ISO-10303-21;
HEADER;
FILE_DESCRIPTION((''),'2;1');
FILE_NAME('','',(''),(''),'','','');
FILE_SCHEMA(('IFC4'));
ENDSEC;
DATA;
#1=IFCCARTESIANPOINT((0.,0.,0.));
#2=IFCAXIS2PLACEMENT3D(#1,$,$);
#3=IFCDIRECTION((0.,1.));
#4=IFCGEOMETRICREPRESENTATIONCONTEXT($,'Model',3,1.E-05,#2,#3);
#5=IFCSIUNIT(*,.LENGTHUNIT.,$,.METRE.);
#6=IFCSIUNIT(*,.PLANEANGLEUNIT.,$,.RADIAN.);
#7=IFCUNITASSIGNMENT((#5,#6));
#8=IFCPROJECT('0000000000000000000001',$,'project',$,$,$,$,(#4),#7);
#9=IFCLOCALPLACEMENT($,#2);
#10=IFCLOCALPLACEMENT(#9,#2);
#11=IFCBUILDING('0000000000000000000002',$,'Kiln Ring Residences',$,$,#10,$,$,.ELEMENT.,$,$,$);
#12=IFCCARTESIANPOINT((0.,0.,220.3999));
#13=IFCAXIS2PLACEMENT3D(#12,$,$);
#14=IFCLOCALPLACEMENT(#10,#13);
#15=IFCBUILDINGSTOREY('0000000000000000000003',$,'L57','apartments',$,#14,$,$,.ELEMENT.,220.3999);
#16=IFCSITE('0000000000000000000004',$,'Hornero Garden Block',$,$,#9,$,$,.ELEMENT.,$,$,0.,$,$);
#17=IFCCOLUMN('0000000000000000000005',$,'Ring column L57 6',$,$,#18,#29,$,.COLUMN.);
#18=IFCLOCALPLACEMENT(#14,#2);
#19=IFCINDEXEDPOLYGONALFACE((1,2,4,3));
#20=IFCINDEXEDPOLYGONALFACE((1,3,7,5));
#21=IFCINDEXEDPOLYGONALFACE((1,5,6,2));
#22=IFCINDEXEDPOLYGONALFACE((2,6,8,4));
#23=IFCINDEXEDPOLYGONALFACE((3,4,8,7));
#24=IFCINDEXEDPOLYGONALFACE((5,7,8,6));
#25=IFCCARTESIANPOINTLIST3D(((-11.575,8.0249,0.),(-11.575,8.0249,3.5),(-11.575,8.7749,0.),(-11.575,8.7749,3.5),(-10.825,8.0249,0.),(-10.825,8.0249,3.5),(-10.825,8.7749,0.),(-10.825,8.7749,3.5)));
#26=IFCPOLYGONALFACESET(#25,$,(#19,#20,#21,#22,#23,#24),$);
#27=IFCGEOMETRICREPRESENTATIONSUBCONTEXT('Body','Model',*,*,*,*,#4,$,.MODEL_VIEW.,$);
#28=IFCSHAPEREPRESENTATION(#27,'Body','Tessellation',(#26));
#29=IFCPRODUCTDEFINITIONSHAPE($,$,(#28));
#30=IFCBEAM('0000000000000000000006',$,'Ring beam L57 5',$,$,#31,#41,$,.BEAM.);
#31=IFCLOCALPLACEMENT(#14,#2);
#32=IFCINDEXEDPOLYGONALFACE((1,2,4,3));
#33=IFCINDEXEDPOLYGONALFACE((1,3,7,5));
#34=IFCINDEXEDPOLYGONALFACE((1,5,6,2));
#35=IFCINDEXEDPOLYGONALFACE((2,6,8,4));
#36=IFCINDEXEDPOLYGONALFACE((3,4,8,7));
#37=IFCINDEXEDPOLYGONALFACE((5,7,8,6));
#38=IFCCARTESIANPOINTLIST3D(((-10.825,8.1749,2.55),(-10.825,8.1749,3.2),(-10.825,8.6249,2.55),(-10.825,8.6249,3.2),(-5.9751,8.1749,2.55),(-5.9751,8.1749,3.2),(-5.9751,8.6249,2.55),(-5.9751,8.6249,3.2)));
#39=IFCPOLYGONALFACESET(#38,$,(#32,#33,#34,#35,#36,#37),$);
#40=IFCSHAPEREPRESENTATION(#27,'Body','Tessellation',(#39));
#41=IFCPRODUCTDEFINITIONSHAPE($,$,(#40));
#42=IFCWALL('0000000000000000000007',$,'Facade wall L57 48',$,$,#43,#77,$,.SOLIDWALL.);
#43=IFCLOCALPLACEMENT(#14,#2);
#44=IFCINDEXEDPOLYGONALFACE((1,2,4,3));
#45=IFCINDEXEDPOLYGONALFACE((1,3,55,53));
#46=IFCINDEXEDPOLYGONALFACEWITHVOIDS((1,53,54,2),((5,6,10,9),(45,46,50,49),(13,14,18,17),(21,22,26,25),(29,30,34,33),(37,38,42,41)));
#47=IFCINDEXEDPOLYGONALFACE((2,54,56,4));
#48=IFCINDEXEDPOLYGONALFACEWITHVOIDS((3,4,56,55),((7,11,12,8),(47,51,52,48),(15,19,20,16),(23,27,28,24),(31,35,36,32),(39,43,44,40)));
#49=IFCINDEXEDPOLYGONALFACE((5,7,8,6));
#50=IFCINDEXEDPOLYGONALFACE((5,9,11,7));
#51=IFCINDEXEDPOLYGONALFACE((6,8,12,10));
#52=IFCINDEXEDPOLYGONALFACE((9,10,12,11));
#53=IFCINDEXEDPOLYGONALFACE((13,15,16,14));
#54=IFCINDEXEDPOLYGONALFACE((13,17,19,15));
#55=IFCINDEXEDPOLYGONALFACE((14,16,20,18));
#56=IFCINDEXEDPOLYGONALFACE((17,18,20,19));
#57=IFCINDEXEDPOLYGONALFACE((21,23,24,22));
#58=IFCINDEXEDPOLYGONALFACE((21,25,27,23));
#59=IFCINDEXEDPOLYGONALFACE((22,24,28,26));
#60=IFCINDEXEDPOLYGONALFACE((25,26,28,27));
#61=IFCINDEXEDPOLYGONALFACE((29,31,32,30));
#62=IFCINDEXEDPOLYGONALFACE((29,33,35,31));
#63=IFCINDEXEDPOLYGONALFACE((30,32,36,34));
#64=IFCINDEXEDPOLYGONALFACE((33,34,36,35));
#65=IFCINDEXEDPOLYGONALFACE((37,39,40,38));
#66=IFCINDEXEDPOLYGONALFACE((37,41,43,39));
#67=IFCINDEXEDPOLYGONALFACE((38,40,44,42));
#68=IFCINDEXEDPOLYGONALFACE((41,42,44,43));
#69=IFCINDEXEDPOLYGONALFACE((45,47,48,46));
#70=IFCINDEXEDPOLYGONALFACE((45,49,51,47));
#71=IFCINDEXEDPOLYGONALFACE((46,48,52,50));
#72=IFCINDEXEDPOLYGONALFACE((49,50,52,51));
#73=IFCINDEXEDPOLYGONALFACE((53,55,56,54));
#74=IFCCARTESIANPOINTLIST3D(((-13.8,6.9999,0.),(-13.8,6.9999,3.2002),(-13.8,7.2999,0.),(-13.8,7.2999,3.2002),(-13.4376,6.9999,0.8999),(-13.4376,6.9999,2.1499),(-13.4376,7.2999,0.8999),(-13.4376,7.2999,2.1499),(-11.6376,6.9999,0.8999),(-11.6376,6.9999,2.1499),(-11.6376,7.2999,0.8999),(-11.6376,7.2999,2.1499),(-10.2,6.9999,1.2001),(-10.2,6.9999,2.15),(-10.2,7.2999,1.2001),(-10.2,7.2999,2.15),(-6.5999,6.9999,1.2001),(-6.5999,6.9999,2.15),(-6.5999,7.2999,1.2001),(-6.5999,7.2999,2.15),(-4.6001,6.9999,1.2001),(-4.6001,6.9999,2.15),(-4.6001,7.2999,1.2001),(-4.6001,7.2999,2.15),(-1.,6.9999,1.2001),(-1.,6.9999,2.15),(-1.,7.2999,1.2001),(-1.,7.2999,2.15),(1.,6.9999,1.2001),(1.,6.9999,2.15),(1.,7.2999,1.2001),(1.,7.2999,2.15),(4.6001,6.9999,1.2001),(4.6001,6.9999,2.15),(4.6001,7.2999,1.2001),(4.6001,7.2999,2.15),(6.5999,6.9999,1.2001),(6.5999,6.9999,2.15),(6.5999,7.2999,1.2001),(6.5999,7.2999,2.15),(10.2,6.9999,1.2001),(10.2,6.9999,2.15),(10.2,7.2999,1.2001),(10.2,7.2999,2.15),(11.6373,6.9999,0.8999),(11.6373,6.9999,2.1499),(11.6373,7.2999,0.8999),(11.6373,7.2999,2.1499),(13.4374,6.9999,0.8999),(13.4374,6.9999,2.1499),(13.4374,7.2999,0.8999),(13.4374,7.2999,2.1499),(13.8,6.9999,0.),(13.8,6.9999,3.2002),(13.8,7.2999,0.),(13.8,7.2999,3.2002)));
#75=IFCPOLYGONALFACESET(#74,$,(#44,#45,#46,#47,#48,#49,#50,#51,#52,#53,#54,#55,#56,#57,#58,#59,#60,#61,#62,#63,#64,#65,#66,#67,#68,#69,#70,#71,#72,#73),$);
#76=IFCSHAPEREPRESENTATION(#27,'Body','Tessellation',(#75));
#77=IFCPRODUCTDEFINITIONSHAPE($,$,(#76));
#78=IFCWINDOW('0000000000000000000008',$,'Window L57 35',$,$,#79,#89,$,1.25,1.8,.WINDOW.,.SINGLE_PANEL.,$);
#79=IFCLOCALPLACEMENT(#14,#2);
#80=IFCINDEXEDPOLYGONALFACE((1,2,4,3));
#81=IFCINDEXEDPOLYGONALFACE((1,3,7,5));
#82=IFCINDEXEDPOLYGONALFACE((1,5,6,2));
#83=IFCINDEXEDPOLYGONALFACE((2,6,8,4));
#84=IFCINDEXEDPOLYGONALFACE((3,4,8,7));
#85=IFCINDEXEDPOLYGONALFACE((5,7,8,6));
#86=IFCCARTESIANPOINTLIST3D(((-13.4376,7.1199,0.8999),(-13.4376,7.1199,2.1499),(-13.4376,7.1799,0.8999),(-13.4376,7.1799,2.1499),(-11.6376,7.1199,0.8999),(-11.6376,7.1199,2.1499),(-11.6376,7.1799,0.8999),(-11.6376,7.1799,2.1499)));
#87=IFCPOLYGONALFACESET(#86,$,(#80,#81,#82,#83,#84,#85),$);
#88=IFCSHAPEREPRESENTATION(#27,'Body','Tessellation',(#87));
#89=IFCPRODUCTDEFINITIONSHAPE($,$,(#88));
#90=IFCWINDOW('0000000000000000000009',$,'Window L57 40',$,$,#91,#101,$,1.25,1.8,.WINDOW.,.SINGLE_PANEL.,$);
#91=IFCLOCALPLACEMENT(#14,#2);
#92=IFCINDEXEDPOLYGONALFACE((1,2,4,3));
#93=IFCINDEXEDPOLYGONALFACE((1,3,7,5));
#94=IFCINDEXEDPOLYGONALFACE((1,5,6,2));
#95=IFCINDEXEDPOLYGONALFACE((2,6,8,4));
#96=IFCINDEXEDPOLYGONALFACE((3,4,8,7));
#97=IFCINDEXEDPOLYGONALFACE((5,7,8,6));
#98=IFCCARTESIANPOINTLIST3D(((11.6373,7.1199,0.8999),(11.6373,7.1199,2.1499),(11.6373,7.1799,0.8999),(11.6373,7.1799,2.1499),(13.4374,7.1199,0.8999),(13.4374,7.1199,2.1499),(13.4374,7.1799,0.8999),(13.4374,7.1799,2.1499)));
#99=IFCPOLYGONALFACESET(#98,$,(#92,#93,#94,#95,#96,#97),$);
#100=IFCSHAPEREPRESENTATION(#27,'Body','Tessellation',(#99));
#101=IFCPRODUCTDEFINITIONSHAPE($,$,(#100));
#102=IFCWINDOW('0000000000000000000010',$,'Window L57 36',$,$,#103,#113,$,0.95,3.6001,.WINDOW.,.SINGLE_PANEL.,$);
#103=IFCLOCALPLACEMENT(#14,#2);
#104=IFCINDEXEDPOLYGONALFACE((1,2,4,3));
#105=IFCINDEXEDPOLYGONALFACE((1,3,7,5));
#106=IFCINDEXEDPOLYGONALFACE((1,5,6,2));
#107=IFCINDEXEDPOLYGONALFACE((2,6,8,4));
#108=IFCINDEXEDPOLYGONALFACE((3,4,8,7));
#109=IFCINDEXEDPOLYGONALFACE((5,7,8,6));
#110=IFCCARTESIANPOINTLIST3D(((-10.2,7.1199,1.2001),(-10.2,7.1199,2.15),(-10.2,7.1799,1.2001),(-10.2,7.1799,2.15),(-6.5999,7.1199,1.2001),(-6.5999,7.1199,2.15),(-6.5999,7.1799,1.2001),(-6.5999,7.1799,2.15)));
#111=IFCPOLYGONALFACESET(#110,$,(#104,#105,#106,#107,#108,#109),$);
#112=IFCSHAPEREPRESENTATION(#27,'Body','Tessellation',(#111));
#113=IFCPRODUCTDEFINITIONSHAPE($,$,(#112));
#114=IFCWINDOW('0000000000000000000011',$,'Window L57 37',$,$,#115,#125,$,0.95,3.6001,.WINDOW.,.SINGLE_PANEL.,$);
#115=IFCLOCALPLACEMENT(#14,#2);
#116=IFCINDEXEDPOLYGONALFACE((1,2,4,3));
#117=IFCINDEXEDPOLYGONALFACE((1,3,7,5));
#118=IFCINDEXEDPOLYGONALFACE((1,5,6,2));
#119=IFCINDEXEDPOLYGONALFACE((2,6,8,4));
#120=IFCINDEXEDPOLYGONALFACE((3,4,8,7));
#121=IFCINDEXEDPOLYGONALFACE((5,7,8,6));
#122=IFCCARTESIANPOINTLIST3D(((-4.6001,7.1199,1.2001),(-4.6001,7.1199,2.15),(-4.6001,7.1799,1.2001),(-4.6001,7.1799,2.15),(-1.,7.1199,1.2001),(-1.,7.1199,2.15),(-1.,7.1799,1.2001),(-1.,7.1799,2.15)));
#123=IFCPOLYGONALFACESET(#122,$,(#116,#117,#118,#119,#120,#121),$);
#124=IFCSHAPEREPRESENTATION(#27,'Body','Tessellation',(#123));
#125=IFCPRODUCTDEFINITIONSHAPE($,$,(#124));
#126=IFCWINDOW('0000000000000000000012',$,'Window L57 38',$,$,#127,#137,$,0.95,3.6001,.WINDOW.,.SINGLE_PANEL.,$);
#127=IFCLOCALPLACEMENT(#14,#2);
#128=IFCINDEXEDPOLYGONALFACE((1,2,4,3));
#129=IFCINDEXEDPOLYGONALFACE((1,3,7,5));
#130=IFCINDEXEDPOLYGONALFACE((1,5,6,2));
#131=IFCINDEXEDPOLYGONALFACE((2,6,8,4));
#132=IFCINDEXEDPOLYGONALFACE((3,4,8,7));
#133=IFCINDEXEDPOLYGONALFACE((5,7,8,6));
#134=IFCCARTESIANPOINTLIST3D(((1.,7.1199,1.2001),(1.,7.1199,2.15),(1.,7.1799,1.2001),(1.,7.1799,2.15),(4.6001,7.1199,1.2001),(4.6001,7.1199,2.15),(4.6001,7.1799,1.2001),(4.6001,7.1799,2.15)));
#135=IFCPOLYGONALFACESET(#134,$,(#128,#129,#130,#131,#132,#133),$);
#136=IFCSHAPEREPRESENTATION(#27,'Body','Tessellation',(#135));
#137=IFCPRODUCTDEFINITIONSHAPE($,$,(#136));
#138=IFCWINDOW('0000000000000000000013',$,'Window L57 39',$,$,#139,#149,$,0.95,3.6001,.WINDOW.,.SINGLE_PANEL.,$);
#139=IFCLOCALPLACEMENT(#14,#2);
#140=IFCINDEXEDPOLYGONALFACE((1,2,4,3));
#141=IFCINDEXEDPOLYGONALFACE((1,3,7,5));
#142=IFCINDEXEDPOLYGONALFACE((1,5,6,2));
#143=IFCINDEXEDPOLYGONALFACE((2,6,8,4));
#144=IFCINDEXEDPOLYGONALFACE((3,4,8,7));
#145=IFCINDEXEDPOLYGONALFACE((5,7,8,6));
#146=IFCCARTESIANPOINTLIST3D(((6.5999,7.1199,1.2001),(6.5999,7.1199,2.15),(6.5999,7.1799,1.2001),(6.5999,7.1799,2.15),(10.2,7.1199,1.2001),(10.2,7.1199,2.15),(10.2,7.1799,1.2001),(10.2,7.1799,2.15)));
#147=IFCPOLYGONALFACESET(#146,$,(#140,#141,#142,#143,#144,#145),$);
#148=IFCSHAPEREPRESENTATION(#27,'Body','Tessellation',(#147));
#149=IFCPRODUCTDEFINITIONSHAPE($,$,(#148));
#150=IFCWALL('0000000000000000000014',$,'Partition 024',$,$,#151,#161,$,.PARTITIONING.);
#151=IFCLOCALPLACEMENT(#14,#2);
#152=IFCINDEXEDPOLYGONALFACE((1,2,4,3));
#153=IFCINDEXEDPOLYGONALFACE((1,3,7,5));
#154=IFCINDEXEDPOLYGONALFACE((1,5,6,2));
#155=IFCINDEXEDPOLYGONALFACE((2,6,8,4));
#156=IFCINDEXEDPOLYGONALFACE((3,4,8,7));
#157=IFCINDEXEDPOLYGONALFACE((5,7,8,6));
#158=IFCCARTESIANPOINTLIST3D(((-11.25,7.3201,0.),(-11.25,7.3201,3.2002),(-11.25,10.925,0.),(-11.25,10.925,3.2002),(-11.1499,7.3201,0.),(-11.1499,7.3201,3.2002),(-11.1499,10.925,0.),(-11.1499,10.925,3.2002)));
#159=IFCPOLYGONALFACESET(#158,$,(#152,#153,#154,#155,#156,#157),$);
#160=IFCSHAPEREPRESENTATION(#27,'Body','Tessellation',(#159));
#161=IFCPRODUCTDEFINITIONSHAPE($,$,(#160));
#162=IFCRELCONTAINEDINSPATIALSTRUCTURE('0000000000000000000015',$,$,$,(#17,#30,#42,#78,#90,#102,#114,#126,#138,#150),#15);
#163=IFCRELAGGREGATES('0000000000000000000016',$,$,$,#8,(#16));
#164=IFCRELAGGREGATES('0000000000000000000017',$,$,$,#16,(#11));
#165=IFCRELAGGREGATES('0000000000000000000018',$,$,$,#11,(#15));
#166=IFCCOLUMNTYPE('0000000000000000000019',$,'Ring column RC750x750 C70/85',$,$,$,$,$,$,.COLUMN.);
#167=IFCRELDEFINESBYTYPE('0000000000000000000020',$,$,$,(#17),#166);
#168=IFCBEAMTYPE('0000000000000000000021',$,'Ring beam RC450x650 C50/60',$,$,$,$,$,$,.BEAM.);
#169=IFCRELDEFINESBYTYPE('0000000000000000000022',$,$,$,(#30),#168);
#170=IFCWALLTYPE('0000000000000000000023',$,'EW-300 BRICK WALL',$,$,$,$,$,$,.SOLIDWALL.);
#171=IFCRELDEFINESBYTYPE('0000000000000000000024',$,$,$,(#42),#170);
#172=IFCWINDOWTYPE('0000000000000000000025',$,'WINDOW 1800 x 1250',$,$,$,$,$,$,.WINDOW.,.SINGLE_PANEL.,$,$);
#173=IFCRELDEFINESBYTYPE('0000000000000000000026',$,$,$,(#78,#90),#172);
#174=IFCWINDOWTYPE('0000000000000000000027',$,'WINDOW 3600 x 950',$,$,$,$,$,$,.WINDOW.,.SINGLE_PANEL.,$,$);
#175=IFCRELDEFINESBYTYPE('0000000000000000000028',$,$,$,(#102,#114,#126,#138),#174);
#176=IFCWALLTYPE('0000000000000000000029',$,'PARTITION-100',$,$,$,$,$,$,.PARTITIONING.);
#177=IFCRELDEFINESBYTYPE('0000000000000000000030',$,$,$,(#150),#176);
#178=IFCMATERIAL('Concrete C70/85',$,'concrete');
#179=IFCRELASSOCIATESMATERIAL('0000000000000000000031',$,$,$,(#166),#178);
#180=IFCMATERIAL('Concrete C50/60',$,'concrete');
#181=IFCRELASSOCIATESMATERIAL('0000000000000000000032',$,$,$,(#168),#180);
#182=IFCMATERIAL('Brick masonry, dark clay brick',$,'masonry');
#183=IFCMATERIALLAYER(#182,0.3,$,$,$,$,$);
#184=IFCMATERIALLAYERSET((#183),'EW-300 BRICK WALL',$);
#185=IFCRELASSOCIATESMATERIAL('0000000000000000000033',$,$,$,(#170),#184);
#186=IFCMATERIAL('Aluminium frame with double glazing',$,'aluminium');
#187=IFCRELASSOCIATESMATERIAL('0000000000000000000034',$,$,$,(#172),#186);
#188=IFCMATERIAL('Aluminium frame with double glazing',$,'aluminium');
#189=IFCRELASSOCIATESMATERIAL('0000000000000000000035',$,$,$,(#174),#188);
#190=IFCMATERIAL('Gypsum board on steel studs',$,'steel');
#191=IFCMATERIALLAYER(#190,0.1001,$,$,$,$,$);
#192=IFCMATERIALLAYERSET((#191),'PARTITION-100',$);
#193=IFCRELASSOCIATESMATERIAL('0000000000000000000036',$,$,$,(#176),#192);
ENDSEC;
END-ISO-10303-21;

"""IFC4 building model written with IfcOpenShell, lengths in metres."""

from ifc_helpers import new_model, si_unit, direction, frame, frame_2d, origin, origin_2d, place, context, subcontext, project, spatial, rectangle, extrude, material, layer, layer_set, material_profile, profile_set, type_object, element, fill, save


model = new_model("IFC4")

# Units and contexts
model_context = context("Model", 3, precision=1e-05, world=origin(), true_north=direction((0.0, 1.0)))
body_context = subcontext(model_context, "Body", "Model", "MODEL_VIEW")
ifc_project = project(units=[si_unit("LENGTHUNIT", "METRE"), si_unit("PLANEANGLEUNIT", "RADIAN")], contexts=[model_context])

# Site, building, storey
site_placement = place(None, origin())
site = spatial("IfcSite", under=ifc_project, at=site_placement, Name="Hornero Garden Block", CompositionType="ELEMENT", RefElevation=0.0)
building_placement = place(site_placement, origin())
building = spatial("IfcBuilding", under=site, at=building_placement, Name="Kiln Ring Residences", CompositionType="ELEMENT")
storey_placement = place(building_placement, frame((0.0, 0.0, 220.3999)))
storey = spatial("IfcBuildingStorey", under=building, at=storey_placement, Name="L57", Description="apartments", CompositionType="ELEMENT", Elevation=220.3999)

# Column
ifc_material_1 = material(Name="Concrete C70/85", Category="concrete")
ifc_material_profile_1 = material_profile(ifc_material_1, rectangle(XDim=0.75, YDim=0.75, at=origin_2d()), Name="RC750x750")
ifc_profile_set_1 = profile_set([ifc_material_profile_1], Name="Concrete C70/85")
column_type = type_object("IfcColumnType", Name="Ring column RC750x750 C70/85", PredefinedType="COLUMN", material=ifc_profile_set_1)
column_placement = place(storey_placement, frame((-11.2, 8.3999, 0.0), z_axis=(0.0, 0.0, 1.0), x_axis=(1.0, 0.0, 0.0)))
element("IfcColumn", 1, at=column_placement, inside=storey, type_object=column_type, Name="Ring column L57 6", PredefinedType="COLUMN", context=body_context, shape_type="SweptSolid", body=[
    extrude(rectangle(XDim=0.75, YDim=0.75, at=origin_2d()), origin(), (0.0, 0.0, 1.0), 3.5),
])

# Beam
ifc_material_2 = material(Name="Concrete C50/60", Category="concrete")
ifc_material_profile_2 = material_profile(ifc_material_2, rectangle(XDim=0.45, YDim=0.6499, at=origin_2d()), Name="RC450x650")
ifc_profile_set_2 = profile_set([ifc_material_profile_2], Name="Concrete C50/60")
beam_type = type_object("IfcBeamType", Name="Ring beam RC450x650 C50/60", PredefinedType="BEAM", material=ifc_profile_set_2)
beam_placement = place(storey_placement, frame((-10.825, 8.3999, 2.875), z_axis=(1.0, 0.0, 0.0), x_axis=(0.0, 1.0, 0.0)))
element("IfcBeam", 2, at=beam_placement, inside=storey, type_object=beam_type, Name="Ring beam L57 5", PredefinedType="BEAM", context=body_context, shape_type="SweptSolid", body=[
    extrude(rectangle(XDim=0.45, YDim=0.6499, at=origin_2d()), origin(), (0.0, 0.0, 1.0), 4.8499),
])

# Wall, openings, windows
ifc_material_3 = material(Name="Brick masonry, dark clay brick", Category="masonry")
ifc_layer_1 = layer(ifc_material_3, 0.3)
ifc_layer_set_1 = layer_set([ifc_layer_1], Name="EW-300 BRICK WALL")
wall_type_1 = type_object("IfcWallType", Name="EW-300 BRICK WALL", PredefinedType="SOLIDWALL", material=ifc_layer_set_1)
wall_1_placement = place(storey_placement, frame((-13.8, 7.1499, 0.0), z_axis=(0.0, 0.0, 1.0), x_axis=(1.0, 0.0, 0.0)))
wall_1 = element("IfcWall", 3, at=wall_1_placement, inside=storey, type_object=wall_type_1, Name="Facade wall L57 48", PredefinedType="SOLIDWALL", context=body_context, shape_type="SweptSolid", body=[
    extrude(rectangle(XDim=27.6001, YDim=0.3, at=frame_2d((13.8, 0.0))), origin(), (0.0, 0.0, 1.0), 3.2002),
])
opening_1_placement = place(wall_1_placement, frame((0.3625, 0.0, 0.8999)))
opening_1 = element("IfcOpeningElement", 4, at=opening_1_placement, cuts=wall_1, PredefinedType="OPENING", context=body_context, shape_type="SweptSolid", body=[
    extrude(rectangle(XDim=1.8, YDim=1.25, at=frame_2d((0.8999, 0.625))), frame((0.0, 0.1599, 0.0), z_axis=(0.0, -1.0, 0.0), x_axis=(1.0, 0.0, 0.0)), (0.0, 0.0, 1.0), 0.3201),
])
opening_2_placement = place(wall_1_placement, frame((3.6001, 0.0, 1.2)))
opening_2 = element("IfcOpeningElement", 5, at=opening_2_placement, cuts=wall_1, PredefinedType="OPENING", context=body_context, shape_type="SweptSolid", body=[
    extrude(rectangle(XDim=3.6001, YDim=0.95, at=frame_2d((1.8, 0.4751))), frame((0.0, 0.1599, 0.0), z_axis=(0.0, -1.0, 0.0), x_axis=(1.0, 0.0, 0.0)), (0.0, 0.0, 1.0), 0.3201),
])
opening_3_placement = place(wall_1_placement, frame((9.2, 0.0, 1.2)))
opening_3 = element("IfcOpeningElement", 6, at=opening_3_placement, cuts=wall_1, PredefinedType="OPENING", context=body_context, shape_type="SweptSolid", body=[
    extrude(rectangle(XDim=3.6001, YDim=0.95, at=frame_2d((1.8, 0.4751))), frame((0.0, 0.1599, 0.0), z_axis=(0.0, -1.0, 0.0), x_axis=(1.0, 0.0, 0.0)), (0.0, 0.0, 1.0), 0.3201),
])
opening_4_placement = place(wall_1_placement, frame((14.8, 0.0, 1.2)))
opening_4 = element("IfcOpeningElement", 7, at=opening_4_placement, cuts=wall_1, PredefinedType="OPENING", context=body_context, shape_type="SweptSolid", body=[
    extrude(rectangle(XDim=3.6001, YDim=0.95, at=frame_2d((1.8, 0.4751))), frame((0.0, 0.1599, 0.0), z_axis=(0.0, -1.0, 0.0), x_axis=(1.0, 0.0, 0.0)), (0.0, 0.0, 1.0), 0.3201),
])
opening_5_placement = place(wall_1_placement, frame((20.3999, 0.0, 1.2)))
opening_5 = element("IfcOpeningElement", 8, at=opening_5_placement, cuts=wall_1, PredefinedType="OPENING", context=body_context, shape_type="SweptSolid", body=[
    extrude(rectangle(XDim=3.6001, YDim=0.95, at=frame_2d((1.8, 0.4751))), frame((0.0, 0.1599, 0.0), z_axis=(0.0, -1.0, 0.0), x_axis=(1.0, 0.0, 0.0)), (0.0, 0.0, 1.0), 0.3201),
])
opening_6_placement = place(wall_1_placement, frame((25.4375, 0.0, 0.8999)))
opening_6 = element("IfcOpeningElement", 9, at=opening_6_placement, cuts=wall_1, PredefinedType="OPENING", context=body_context, shape_type="SweptSolid", body=[
    extrude(rectangle(XDim=1.8, YDim=1.25, at=frame_2d((0.8999, 0.625))), frame((0.0, 0.1599, 0.0), z_axis=(0.0, -1.0, 0.0), x_axis=(1.0, 0.0, 0.0)), (0.0, 0.0, 1.0), 0.3201),
])
ifc_material_4 = material(Name="Aluminium frame with double glazing", Category="aluminium")
window_type_1 = type_object("IfcWindowType", Name="WINDOW 1800 x 1250", PartitioningType="SINGLE_PANEL", PredefinedType="WINDOW", material=ifc_material_4)
window_1_placement = place(opening_1_placement, origin())
window_1 = element("IfcWindow", 10, at=window_1_placement, inside=storey, type_object=window_type_1, Name="Window L57 35", OverallHeight=1.25, OverallWidth=1.8, PartitioningType="SINGLE_PANEL", PredefinedType="WINDOW", context=body_context, shape_type="SweptSolid", body=[
    extrude(rectangle(XDim=1.8, YDim=1.25, at=frame_2d((0.8999, 0.625))), frame((0.0, 0.03, 0.0), z_axis=(0.0, -1.0, 0.0), x_axis=(1.0, 0.0, 0.0)), (0.0, 0.0, 1.0), 0.0601),
])
fill(opening_1, window_1)
window_2_placement = place(opening_6_placement, origin())
window_2 = element("IfcWindow", 11, at=window_2_placement, inside=storey, type_object=window_type_1, Name="Window L57 40", OverallHeight=1.25, OverallWidth=1.8, PartitioningType="SINGLE_PANEL", PredefinedType="WINDOW", context=body_context, shape_type="SweptSolid", body=[
    extrude(rectangle(XDim=1.8, YDim=1.25, at=frame_2d((0.8999, 0.625))), frame((0.0, 0.03, 0.0), z_axis=(0.0, -1.0, 0.0), x_axis=(1.0, 0.0, 0.0)), (0.0, 0.0, 1.0), 0.0601),
])
fill(opening_6, window_2)
ifc_material_5 = material(Name="Aluminium frame with double glazing", Category="aluminium")
window_type_2 = type_object("IfcWindowType", Name="WINDOW 3600 x 950", PartitioningType="SINGLE_PANEL", PredefinedType="WINDOW", material=ifc_material_5)
window_3_placement = place(opening_2_placement, origin())
window_3 = element("IfcWindow", 12, at=window_3_placement, inside=storey, type_object=window_type_2, Name="Window L57 36", OverallHeight=0.95, OverallWidth=3.6001, PartitioningType="SINGLE_PANEL", PredefinedType="WINDOW", context=body_context, shape_type="SweptSolid", body=[
    extrude(rectangle(XDim=3.6001, YDim=0.95, at=frame_2d((1.8, 0.4751))), frame((0.0, 0.03, 0.0), z_axis=(0.0, -1.0, 0.0), x_axis=(1.0, 0.0, 0.0)), (0.0, 0.0, 1.0), 0.0601),
])
fill(opening_2, window_3)
window_4_placement = place(opening_3_placement, origin())
window_4 = element("IfcWindow", 13, at=window_4_placement, inside=storey, type_object=window_type_2, Name="Window L57 37", OverallHeight=0.95, OverallWidth=3.6001, PartitioningType="SINGLE_PANEL", PredefinedType="WINDOW", context=body_context, shape_type="SweptSolid", body=[
    extrude(rectangle(XDim=3.6001, YDim=0.95, at=frame_2d((1.8, 0.4751))), frame((0.0, 0.03, 0.0), z_axis=(0.0, -1.0, 0.0), x_axis=(1.0, 0.0, 0.0)), (0.0, 0.0, 1.0), 0.0601),
])
fill(opening_3, window_4)
window_5_placement = place(opening_4_placement, origin())
window_5 = element("IfcWindow", 14, at=window_5_placement, inside=storey, type_object=window_type_2, Name="Window L57 38", OverallHeight=0.95, OverallWidth=3.6001, PartitioningType="SINGLE_PANEL", PredefinedType="WINDOW", context=body_context, shape_type="SweptSolid", body=[
    extrude(rectangle(XDim=3.6001, YDim=0.95, at=frame_2d((1.8, 0.4751))), frame((0.0, 0.03, 0.0), z_axis=(0.0, -1.0, 0.0), x_axis=(1.0, 0.0, 0.0)), (0.0, 0.0, 1.0), 0.0601),
])
fill(opening_4, window_5)
window_6_placement = place(opening_5_placement, origin())
window_6 = element("IfcWindow", 15, at=window_6_placement, inside=storey, type_object=window_type_2, Name="Window L57 39", OverallHeight=0.95, OverallWidth=3.6001, PartitioningType="SINGLE_PANEL", PredefinedType="WINDOW", context=body_context, shape_type="SweptSolid", body=[
    extrude(rectangle(XDim=3.6001, YDim=0.95, at=frame_2d((1.8, 0.4751))), frame((0.0, 0.03, 0.0), z_axis=(0.0, -1.0, 0.0), x_axis=(1.0, 0.0, 0.0)), (0.0, 0.0, 1.0), 0.0601),
])
fill(opening_5, window_6)

# Wall
ifc_material_6 = material(Name="Gypsum board on steel studs", Category="steel")
ifc_layer_2 = layer(ifc_material_6, 0.1001)
ifc_layer_set_2 = layer_set([ifc_layer_2], Name="PARTITION-100")
wall_type_2 = type_object("IfcWallType", Name="PARTITION-100", PredefinedType="PARTITIONING", material=ifc_layer_set_2)
wall_2_placement = place(storey_placement, frame((-11.2, 7.3201, 0.0), z_axis=(0.0, 0.0, 1.0), x_axis=(0.0, 1.0, 0.0)))
element("IfcWall", 16, at=wall_2_placement, inside=storey, type_object=wall_type_2, Name="Partition 024", PredefinedType="PARTITIONING", context=body_context, shape_type="SweptSolid", body=[
    extrude(rectangle(XDim=3.605, YDim=0.1001, at=frame_2d((1.8025, 0.0))), origin(), (0.0, 0.0, 1.0), 3.2002),
])

save(model, "model.ifc")
